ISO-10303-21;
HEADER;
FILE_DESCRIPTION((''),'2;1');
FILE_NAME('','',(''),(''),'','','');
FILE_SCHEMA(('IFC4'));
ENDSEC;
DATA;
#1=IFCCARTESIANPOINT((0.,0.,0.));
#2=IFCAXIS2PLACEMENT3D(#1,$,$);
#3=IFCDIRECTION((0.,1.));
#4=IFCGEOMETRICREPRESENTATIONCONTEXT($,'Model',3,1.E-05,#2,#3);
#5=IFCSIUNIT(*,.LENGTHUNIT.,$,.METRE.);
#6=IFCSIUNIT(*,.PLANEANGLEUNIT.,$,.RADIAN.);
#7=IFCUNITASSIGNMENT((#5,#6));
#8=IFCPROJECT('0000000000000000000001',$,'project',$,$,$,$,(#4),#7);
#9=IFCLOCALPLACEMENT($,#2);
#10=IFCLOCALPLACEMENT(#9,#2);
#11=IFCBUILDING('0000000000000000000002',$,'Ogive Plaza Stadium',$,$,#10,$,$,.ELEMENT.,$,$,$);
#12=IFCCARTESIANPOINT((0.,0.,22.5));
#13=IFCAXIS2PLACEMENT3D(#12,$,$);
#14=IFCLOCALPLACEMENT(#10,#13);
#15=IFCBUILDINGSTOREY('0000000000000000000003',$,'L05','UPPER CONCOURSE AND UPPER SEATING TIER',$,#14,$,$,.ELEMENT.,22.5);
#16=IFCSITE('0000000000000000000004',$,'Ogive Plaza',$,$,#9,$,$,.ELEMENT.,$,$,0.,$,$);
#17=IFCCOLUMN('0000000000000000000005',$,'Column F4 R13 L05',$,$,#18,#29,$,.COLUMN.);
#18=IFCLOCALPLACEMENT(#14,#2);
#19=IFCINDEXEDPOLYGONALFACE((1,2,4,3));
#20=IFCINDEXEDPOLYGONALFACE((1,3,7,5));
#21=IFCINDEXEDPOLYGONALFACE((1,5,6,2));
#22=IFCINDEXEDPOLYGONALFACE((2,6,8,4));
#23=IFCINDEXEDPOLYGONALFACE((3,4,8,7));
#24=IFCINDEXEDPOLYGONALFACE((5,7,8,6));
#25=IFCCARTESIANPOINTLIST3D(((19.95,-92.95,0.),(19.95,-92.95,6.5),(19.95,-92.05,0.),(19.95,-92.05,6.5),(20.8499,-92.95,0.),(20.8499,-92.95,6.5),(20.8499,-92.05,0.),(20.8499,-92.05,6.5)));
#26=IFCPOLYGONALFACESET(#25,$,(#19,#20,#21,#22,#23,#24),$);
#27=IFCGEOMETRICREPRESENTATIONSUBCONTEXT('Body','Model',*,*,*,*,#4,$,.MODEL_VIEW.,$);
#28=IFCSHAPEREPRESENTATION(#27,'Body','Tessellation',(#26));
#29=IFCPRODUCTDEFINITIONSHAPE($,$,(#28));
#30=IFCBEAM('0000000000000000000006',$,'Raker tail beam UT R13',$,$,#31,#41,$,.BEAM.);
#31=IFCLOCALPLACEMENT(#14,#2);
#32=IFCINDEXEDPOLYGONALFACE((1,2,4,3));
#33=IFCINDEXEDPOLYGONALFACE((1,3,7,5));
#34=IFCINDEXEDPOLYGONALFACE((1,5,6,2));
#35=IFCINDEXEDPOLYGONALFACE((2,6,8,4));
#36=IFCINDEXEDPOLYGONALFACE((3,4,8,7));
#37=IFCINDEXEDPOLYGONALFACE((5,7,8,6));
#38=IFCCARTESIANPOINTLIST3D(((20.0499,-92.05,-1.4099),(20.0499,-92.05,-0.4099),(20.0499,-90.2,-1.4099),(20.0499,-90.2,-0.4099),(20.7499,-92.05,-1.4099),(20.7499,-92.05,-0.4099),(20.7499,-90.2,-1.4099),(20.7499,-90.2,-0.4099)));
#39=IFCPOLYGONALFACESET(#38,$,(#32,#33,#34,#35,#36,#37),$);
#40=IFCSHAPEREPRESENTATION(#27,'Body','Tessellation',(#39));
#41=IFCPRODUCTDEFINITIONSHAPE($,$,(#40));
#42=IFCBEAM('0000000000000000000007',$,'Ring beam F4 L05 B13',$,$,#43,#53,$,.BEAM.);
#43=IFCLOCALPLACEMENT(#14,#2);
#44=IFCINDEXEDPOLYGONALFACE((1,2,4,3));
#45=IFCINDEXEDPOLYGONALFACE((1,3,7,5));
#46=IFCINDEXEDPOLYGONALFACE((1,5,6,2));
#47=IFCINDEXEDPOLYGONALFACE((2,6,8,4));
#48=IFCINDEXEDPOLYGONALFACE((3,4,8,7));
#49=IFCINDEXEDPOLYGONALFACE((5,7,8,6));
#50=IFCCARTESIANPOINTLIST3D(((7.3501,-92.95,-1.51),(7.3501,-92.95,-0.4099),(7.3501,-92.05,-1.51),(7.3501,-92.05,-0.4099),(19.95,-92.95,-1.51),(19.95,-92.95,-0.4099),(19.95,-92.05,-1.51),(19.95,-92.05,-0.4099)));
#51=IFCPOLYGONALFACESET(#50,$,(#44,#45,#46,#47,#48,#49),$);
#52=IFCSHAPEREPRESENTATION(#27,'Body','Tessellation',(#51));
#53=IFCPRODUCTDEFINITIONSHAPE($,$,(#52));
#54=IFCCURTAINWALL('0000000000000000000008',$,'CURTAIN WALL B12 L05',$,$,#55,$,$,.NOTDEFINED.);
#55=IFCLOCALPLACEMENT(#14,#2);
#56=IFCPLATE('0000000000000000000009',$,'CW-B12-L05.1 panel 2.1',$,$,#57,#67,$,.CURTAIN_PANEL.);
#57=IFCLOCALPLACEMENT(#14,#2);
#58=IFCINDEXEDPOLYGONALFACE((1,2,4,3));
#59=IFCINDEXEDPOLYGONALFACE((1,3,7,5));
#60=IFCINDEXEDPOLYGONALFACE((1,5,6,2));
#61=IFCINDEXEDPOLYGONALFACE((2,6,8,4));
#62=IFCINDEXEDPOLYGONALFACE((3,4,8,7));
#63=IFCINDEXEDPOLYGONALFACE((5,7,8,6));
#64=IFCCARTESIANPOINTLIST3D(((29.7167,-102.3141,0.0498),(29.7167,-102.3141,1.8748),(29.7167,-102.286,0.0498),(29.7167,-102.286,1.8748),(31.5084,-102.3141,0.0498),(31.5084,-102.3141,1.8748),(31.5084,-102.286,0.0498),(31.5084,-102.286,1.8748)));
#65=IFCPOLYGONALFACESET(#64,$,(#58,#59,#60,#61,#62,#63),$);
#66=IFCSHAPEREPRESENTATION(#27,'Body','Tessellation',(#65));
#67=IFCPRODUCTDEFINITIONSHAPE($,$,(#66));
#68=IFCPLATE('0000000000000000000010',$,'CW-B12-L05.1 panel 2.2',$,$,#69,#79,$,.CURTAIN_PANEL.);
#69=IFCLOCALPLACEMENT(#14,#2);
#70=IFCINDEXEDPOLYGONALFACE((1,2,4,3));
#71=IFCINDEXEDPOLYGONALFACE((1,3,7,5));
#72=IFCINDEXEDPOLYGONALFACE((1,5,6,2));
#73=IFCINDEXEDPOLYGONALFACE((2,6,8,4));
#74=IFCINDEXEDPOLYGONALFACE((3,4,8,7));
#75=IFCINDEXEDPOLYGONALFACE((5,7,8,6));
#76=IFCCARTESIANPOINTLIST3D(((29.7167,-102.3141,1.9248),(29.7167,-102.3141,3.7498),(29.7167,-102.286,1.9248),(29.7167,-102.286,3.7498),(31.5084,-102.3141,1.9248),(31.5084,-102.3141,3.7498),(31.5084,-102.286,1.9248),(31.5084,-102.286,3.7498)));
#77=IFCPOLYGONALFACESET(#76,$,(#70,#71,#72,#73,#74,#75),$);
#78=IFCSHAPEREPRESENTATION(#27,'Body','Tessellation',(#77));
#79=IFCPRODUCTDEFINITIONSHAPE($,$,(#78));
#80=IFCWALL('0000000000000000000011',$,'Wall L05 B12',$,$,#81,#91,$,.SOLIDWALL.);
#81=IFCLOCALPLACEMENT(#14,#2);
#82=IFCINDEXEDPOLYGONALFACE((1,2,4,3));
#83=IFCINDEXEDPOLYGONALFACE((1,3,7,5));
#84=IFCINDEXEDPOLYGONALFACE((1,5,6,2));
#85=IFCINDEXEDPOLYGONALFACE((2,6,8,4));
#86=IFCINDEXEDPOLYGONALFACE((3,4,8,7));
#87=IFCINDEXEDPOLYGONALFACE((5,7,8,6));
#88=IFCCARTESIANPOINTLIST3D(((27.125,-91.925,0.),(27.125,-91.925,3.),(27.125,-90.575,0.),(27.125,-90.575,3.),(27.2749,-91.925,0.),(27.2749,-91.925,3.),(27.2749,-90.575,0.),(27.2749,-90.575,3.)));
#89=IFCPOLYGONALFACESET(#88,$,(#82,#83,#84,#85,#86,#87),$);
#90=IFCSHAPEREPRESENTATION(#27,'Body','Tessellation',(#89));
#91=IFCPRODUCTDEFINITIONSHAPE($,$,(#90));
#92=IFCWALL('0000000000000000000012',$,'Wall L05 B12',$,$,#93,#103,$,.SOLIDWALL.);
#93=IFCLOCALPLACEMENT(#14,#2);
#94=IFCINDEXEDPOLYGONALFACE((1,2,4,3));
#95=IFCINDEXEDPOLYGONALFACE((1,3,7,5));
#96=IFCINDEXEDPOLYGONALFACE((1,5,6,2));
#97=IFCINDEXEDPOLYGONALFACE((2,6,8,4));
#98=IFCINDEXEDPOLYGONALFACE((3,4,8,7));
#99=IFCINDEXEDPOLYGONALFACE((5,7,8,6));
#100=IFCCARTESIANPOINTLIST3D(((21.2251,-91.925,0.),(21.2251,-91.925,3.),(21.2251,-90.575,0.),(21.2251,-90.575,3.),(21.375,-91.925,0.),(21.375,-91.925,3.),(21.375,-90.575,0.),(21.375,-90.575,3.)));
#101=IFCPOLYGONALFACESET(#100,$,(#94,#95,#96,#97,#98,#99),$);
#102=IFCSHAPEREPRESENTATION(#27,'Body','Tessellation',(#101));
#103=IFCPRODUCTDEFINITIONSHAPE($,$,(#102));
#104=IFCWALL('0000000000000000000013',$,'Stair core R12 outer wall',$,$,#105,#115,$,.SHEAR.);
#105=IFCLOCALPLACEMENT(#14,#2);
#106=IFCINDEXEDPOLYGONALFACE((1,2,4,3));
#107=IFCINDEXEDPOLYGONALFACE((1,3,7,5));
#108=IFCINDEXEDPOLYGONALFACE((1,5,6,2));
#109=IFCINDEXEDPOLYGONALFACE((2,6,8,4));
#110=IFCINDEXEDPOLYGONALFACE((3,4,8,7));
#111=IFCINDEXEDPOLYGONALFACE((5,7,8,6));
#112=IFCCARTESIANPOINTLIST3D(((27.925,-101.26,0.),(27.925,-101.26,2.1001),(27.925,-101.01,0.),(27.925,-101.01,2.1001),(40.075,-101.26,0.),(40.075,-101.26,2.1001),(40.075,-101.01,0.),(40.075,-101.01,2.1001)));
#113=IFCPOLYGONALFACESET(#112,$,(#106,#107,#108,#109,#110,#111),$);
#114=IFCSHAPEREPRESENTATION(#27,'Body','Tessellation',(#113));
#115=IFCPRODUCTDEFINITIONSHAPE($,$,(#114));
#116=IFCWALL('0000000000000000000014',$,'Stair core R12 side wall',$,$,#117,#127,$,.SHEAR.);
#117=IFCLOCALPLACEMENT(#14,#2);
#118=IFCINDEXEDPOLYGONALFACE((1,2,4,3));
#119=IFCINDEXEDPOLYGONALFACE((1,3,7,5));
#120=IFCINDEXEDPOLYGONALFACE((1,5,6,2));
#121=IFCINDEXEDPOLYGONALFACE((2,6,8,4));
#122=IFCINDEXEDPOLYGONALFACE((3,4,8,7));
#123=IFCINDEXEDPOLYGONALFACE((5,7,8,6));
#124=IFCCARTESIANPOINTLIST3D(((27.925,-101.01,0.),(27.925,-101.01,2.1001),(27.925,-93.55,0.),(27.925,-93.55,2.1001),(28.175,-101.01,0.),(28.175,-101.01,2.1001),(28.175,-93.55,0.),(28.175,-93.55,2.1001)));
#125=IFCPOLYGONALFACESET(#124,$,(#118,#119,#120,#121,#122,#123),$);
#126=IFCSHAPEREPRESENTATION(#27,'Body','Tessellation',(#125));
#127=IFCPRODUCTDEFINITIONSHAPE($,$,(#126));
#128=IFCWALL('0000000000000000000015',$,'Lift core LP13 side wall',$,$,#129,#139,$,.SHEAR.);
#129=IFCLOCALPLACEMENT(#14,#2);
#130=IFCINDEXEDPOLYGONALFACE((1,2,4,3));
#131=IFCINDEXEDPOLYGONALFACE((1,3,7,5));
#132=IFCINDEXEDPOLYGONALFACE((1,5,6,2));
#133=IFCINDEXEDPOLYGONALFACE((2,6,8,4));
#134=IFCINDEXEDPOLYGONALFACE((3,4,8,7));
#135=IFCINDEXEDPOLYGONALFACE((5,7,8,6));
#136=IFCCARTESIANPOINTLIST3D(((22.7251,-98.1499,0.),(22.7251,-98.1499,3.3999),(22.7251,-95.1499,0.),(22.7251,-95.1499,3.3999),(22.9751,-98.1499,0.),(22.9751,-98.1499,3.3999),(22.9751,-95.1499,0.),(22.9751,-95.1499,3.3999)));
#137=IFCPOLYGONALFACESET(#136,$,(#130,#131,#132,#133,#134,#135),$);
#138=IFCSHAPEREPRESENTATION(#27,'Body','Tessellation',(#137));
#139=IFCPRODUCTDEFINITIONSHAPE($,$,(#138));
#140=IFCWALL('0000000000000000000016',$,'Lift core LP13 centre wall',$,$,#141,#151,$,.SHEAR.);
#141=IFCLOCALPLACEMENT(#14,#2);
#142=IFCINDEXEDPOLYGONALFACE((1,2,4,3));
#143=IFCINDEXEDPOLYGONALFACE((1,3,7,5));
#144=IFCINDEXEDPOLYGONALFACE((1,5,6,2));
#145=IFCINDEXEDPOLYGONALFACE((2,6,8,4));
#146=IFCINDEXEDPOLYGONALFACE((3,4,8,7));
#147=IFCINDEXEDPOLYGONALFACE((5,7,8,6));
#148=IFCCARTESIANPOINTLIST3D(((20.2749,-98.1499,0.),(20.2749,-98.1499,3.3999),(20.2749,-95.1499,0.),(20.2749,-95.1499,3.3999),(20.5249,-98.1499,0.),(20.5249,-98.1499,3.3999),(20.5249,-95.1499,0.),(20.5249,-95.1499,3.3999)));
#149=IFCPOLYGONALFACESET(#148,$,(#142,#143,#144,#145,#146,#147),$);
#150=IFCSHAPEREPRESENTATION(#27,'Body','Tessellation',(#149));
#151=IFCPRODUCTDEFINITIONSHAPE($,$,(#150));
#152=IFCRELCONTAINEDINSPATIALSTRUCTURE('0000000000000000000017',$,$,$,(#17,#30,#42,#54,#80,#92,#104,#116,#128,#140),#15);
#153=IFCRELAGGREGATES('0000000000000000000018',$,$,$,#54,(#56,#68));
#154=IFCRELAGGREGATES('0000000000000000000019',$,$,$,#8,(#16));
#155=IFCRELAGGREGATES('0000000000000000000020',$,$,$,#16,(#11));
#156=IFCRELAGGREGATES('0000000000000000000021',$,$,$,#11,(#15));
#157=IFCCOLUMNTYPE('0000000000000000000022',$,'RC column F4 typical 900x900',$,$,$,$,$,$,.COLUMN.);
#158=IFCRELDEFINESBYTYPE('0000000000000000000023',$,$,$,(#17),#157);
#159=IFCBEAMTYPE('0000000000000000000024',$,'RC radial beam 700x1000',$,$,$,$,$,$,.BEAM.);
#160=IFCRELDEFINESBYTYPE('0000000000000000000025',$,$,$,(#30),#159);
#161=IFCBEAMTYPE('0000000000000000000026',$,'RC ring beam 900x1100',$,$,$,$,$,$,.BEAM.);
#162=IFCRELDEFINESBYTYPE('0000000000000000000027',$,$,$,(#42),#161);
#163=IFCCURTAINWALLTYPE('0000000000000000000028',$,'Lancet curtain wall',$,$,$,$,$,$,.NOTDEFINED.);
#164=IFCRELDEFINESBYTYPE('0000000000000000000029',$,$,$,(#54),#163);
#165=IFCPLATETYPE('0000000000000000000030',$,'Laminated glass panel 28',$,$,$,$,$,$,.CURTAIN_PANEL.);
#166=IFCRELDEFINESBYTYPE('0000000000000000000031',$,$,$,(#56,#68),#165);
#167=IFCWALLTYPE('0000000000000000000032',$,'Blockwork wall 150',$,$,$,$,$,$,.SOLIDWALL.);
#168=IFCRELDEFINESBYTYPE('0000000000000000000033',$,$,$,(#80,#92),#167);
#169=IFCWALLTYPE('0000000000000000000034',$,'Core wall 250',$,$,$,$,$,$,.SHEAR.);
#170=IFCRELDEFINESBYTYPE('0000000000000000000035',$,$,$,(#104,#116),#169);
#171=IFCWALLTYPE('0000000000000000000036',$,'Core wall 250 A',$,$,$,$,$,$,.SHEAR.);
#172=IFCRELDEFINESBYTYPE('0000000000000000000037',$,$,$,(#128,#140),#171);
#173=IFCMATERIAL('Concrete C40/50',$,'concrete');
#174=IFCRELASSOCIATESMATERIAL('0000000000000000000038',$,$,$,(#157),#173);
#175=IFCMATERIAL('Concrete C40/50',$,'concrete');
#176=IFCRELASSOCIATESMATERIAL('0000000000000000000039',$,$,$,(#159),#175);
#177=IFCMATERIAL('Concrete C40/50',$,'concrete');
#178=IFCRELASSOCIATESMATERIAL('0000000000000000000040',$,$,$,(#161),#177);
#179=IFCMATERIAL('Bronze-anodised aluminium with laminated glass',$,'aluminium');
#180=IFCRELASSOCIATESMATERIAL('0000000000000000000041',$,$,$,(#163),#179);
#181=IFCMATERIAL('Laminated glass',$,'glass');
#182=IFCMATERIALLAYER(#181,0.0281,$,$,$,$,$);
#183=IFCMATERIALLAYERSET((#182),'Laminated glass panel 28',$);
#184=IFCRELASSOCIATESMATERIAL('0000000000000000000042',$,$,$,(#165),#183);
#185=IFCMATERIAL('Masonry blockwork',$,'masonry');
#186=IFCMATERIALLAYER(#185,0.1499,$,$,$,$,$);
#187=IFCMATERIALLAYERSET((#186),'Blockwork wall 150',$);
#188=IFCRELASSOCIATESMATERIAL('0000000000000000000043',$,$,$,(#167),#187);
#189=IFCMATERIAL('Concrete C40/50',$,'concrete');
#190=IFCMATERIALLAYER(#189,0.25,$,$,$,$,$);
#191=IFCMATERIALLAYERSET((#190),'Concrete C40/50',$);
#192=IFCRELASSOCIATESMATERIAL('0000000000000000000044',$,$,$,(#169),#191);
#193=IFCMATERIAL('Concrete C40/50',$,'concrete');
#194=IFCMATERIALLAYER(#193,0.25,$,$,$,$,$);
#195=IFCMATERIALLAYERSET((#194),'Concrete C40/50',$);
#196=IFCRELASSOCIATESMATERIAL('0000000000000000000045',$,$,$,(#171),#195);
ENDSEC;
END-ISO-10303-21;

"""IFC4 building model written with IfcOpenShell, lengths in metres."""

from ifc_helpers import new_model, si_unit, direction, frame, frame_2d, origin, origin_2d, place, context, subcontext, project, spatial, rectangle, extrude, material, layer, layer_set, material_profile, profile_set, type_object, element, aggregate, save


model = new_model("IFC4")

# Units and contexts
model_context = context("Model", 3, precision=1e-05, world=origin(), true_north=direction((0.0, 1.0)))
body_context = subcontext(model_context, "Body", "Model", "MODEL_VIEW")
ifc_project = project(units=[si_unit("LENGTHUNIT", "METRE"), si_unit("PLANEANGLEUNIT", "RADIAN")], contexts=[model_context])

# Site, building, storey
site_placement = place(None, origin())
site = spatial("IfcSite", under=ifc_project, at=site_placement, Name="Ogive Plaza", CompositionType="ELEMENT", RefElevation=0.0)
building_placement = place(site_placement, origin())
building = spatial("IfcBuilding", under=site, at=building_placement, Name="Ogive Plaza Stadium", CompositionType="ELEMENT")
storey_placement = place(building_placement, frame((0.0, 0.0, 22.5)))
storey = spatial("IfcBuildingStorey", under=building, at=storey_placement, Name="L05", Description="UPPER CONCOURSE AND UPPER SEATING TIER", CompositionType="ELEMENT", Elevation=22.5)

# Column
ifc_material_1 = material(Name="Concrete C40/50", Category="concrete")
ifc_material_profile_1 = material_profile(ifc_material_1, rectangle(XDim=0.8999, YDim=0.8999, at=origin_2d()), Name="RC 900x900")
ifc_profile_set_1 = profile_set([ifc_material_profile_1], Name="Concrete C40/50")
column_type = type_object("IfcColumnType", Name="RC column F4 typical 900x900", PredefinedType="COLUMN", material=ifc_profile_set_1)
column_placement = place(storey_placement, frame((20.3999, -92.5, 0.0), z_axis=(0.0, 0.0, 1.0), x_axis=(1.0, 0.0, 0.0)))
element("IfcColumn", 1, at=column_placement, inside=storey, type_object=column_type, Name="Column F4 R13 L05", PredefinedType="COLUMN", context=body_context, shape_type="SweptSolid", body=[
    extrude(rectangle(XDim=0.8999, YDim=0.8999, at=origin_2d()), origin(), (0.0, 0.0, 1.0), 6.5),
])

# Beams
ifc_material_2 = material(Name="Concrete C40/50", Category="concrete")
ifc_material_profile_2 = material_profile(ifc_material_2, rectangle(XDim=0.7, YDim=1.0, at=origin_2d()), Name="RC 700x1000")
ifc_profile_set_2 = profile_set([ifc_material_profile_2], Name="Concrete C40/50")
beam_type_1 = type_object("IfcBeamType", Name="RC radial beam 700x1000", PredefinedType="BEAM", material=ifc_profile_set_2)
beam_1_placement = place(storey_placement, frame((20.3999, -90.2, -0.9099), z_axis=(0.0, -1.0, 0.0), x_axis=(1.0, 0.0, 0.0)))
element("IfcBeam", 2, at=beam_1_placement, inside=storey, type_object=beam_type_1, Name="Raker tail beam UT R13", PredefinedType="BEAM", context=body_context, shape_type="SweptSolid", body=[
    extrude(rectangle(XDim=0.7, YDim=1.0, at=origin_2d()), origin(), (0.0, 0.0, 1.0), 1.8501),
])
ifc_material_3 = material(Name="Concrete C40/50", Category="concrete")
ifc_material_profile_3 = material_profile(ifc_material_3, rectangle(XDim=0.8999, YDim=1.1001, at=origin_2d()), Name="RC 900x1100")
ifc_profile_set_3 = profile_set([ifc_material_profile_3], Name="Concrete C40/50")
beam_type_2 = type_object("IfcBeamType", Name="RC ring beam 900x1100", PredefinedType="BEAM", material=ifc_profile_set_3)
beam_2_placement = place(storey_placement, frame((19.95, -92.5, -0.96), z_axis=(-1.0, 0.0, 0.0), x_axis=(0.0, -1.0, 0.0)))
element("IfcBeam", 3, at=beam_2_placement, inside=storey, type_object=beam_type_2, Name="Ring beam F4 L05 B13", PredefinedType="BEAM", context=body_context, shape_type="SweptSolid", body=[
    extrude(rectangle(XDim=0.8999, YDim=1.1001, at=origin_2d()), origin(), (0.0, 0.0, 1.0), 12.5999),
])

# Curtain wall, plates
ifc_material_4 = material(Name="Bronze-anodised aluminium with laminated glass", Category="aluminium")
curtain_wall_type = type_object("IfcCurtainWallType", Name="Lancet curtain wall", PredefinedType="NOTDEFINED", material=ifc_material_4)
curtain_wall_placement = place(storey_placement, origin())
curtain_wall = element("IfcCurtainWall", 4, at=curtain_wall_placement, inside=storey, type_object=curtain_wall_type, Name="CURTAIN WALL B12 L05", PredefinedType="NOTDEFINED")
ifc_material_5 = material(Name="Laminated glass", Category="glass")
ifc_layer_1 = layer(ifc_material_5, 0.0281)
ifc_layer_set_1 = layer_set([ifc_layer_1], Name="Laminated glass panel 28")
plate_type = type_object("IfcPlateType", Name="Laminated glass panel 28", PredefinedType="CURTAIN_PANEL", material=ifc_layer_set_1)
plate_1_placement = place(storey_placement, frame((30.6125, -102.3, 0.0498), z_axis=(0.0, 0.0, 1.0), x_axis=(-1.0, 0.0, 0.0)))
plate_1 = element("IfcPlate", 5, at=plate_1_placement, type_object=plate_type, Name="CW-B12-L05.1 panel 2.1", PredefinedType="CURTAIN_PANEL", context=body_context, shape_type="SweptSolid", body=[
    extrude(rectangle(XDim=1.7917, YDim=0.0281, at=origin_2d()), origin(), (0.0, 0.0, 1.0), 1.825),
])
plate_2_placement = place(storey_placement, frame((30.6125, -102.3, 1.9248), z_axis=(0.0, 0.0, 1.0), x_axis=(-1.0, 0.0, 0.0)))
plate_2 = element("IfcPlate", 6, at=plate_2_placement, type_object=plate_type, Name="CW-B12-L05.1 panel 2.2", PredefinedType="CURTAIN_PANEL", context=body_context, shape_type="SweptSolid", body=[
    extrude(rectangle(XDim=1.7917, YDim=0.0281, at=origin_2d()), origin(), (0.0, 0.0, 1.0), 1.825),
])
aggregate(curtain_wall, [plate_1, plate_2])

# Walls
ifc_material_6 = material(Name="Masonry blockwork", Category="masonry")
ifc_layer_2 = layer(ifc_material_6, 0.1499)
ifc_layer_set_2 = layer_set([ifc_layer_2], Name="Blockwork wall 150")
wall_type_1 = type_object("IfcWallType", Name="Blockwork wall 150", PredefinedType="SOLIDWALL", material=ifc_layer_set_2)
for number, where, z_axis, x_axis, name in (
    (7, (27.2, -90.575, 0.0), (0.0, 0.0, 1.0), (0.0, -1.0, 0.0), "Wall L05 B12"),
    (8, (21.3, -90.575, 0.0), (0.0, 0.0, 1.0), (0.0, -1.0, 0.0), "Wall L05 B12"),
):
    element("IfcWall", number, at=place(storey_placement, frame(where, z_axis=z_axis, x_axis=x_axis)), inside=storey, type_object=wall_type_1, Name=name, PredefinedType="SOLIDWALL", context=body_context, shape_type="SweptSolid", body=[
        extrude(rectangle(XDim=1.3501, YDim=0.1499, at=frame_2d((0.675, 0.0))), origin(), (0.0, 0.0, 1.0), 3.0),
    ])

# Shared definitions
ifc_material_7 = material(Name="Concrete C40/50", Category="concrete")
ifc_layer_3 = layer(ifc_material_7, 0.25)
ifc_layer_set_3 = layer_set([ifc_layer_3], Name="Concrete C40/50")
wall_type_2 = type_object("IfcWallType", Name="Core wall 250", PredefinedType="SHEAR", material=ifc_layer_set_3)

# Walls
wall_1_placement = place(storey_placement, frame((27.925, -101.135, 0.0), z_axis=(0.0, 0.0, 1.0), x_axis=(1.0, 0.0, 0.0)))
element("IfcWall", 9, at=wall_1_placement, inside=storey, type_object=wall_type_2, Name="Stair core R12 outer wall", PredefinedType="SHEAR", context=body_context, shape_type="SweptSolid", body=[
    extrude(rectangle(XDim=12.1499, YDim=0.25, at=frame_2d((6.075, 0.0))), origin(), (0.0, 0.0, 1.0), 2.1001),
])
wall_2_placement = place(storey_placement, frame((28.05, -93.55, 0.0), z_axis=(0.0, 0.0, 1.0), x_axis=(0.0, -1.0, 0.0)))
element("IfcWall", 10, at=wall_2_placement, inside=storey, type_object=wall_type_2, Name="Stair core R12 side wall", PredefinedType="SHEAR", context=body_context, shape_type="SweptSolid", body=[
    extrude(rectangle(XDim=7.46, YDim=0.25, at=frame_2d((3.73, 0.0))), origin(), (0.0, 0.0, 1.0), 2.1001),
])
ifc_material_8 = material(Name="Concrete C40/50", Category="concrete")
ifc_layer_4 = layer(ifc_material_8, 0.25)
ifc_layer_set_4 = layer_set([ifc_layer_4], Name="Concrete C40/50")
wall_type_3 = type_object("IfcWallType", Name="Core wall 250 A", PredefinedType="SHEAR", material=ifc_layer_set_4)
for number, where, z_axis, x_axis, name in (
    (11, (22.8501, -95.1499, 0.0), (0.0, 0.0, 1.0), (0.0, -1.0, 0.0), "Lift core LP13 side wall"),
    (12, (20.3999, -95.1499, 0.0), (0.0, 0.0, 1.0), (0.0, -1.0, 0.0), "Lift core LP13 centre wall"),
):
    element("IfcWall", number, at=place(storey_placement, frame(where, z_axis=z_axis, x_axis=x_axis)), inside=storey, type_object=wall_type_3, Name=name, PredefinedType="SHEAR", context=body_context, shape_type="SweptSolid", body=[
        extrude(rectangle(XDim=3.0, YDim=0.25, at=frame_2d((1.5, 0.0))), origin(), (0.0, 0.0, 1.0), 3.3999),
    ])

save(model, "model.ifc")
